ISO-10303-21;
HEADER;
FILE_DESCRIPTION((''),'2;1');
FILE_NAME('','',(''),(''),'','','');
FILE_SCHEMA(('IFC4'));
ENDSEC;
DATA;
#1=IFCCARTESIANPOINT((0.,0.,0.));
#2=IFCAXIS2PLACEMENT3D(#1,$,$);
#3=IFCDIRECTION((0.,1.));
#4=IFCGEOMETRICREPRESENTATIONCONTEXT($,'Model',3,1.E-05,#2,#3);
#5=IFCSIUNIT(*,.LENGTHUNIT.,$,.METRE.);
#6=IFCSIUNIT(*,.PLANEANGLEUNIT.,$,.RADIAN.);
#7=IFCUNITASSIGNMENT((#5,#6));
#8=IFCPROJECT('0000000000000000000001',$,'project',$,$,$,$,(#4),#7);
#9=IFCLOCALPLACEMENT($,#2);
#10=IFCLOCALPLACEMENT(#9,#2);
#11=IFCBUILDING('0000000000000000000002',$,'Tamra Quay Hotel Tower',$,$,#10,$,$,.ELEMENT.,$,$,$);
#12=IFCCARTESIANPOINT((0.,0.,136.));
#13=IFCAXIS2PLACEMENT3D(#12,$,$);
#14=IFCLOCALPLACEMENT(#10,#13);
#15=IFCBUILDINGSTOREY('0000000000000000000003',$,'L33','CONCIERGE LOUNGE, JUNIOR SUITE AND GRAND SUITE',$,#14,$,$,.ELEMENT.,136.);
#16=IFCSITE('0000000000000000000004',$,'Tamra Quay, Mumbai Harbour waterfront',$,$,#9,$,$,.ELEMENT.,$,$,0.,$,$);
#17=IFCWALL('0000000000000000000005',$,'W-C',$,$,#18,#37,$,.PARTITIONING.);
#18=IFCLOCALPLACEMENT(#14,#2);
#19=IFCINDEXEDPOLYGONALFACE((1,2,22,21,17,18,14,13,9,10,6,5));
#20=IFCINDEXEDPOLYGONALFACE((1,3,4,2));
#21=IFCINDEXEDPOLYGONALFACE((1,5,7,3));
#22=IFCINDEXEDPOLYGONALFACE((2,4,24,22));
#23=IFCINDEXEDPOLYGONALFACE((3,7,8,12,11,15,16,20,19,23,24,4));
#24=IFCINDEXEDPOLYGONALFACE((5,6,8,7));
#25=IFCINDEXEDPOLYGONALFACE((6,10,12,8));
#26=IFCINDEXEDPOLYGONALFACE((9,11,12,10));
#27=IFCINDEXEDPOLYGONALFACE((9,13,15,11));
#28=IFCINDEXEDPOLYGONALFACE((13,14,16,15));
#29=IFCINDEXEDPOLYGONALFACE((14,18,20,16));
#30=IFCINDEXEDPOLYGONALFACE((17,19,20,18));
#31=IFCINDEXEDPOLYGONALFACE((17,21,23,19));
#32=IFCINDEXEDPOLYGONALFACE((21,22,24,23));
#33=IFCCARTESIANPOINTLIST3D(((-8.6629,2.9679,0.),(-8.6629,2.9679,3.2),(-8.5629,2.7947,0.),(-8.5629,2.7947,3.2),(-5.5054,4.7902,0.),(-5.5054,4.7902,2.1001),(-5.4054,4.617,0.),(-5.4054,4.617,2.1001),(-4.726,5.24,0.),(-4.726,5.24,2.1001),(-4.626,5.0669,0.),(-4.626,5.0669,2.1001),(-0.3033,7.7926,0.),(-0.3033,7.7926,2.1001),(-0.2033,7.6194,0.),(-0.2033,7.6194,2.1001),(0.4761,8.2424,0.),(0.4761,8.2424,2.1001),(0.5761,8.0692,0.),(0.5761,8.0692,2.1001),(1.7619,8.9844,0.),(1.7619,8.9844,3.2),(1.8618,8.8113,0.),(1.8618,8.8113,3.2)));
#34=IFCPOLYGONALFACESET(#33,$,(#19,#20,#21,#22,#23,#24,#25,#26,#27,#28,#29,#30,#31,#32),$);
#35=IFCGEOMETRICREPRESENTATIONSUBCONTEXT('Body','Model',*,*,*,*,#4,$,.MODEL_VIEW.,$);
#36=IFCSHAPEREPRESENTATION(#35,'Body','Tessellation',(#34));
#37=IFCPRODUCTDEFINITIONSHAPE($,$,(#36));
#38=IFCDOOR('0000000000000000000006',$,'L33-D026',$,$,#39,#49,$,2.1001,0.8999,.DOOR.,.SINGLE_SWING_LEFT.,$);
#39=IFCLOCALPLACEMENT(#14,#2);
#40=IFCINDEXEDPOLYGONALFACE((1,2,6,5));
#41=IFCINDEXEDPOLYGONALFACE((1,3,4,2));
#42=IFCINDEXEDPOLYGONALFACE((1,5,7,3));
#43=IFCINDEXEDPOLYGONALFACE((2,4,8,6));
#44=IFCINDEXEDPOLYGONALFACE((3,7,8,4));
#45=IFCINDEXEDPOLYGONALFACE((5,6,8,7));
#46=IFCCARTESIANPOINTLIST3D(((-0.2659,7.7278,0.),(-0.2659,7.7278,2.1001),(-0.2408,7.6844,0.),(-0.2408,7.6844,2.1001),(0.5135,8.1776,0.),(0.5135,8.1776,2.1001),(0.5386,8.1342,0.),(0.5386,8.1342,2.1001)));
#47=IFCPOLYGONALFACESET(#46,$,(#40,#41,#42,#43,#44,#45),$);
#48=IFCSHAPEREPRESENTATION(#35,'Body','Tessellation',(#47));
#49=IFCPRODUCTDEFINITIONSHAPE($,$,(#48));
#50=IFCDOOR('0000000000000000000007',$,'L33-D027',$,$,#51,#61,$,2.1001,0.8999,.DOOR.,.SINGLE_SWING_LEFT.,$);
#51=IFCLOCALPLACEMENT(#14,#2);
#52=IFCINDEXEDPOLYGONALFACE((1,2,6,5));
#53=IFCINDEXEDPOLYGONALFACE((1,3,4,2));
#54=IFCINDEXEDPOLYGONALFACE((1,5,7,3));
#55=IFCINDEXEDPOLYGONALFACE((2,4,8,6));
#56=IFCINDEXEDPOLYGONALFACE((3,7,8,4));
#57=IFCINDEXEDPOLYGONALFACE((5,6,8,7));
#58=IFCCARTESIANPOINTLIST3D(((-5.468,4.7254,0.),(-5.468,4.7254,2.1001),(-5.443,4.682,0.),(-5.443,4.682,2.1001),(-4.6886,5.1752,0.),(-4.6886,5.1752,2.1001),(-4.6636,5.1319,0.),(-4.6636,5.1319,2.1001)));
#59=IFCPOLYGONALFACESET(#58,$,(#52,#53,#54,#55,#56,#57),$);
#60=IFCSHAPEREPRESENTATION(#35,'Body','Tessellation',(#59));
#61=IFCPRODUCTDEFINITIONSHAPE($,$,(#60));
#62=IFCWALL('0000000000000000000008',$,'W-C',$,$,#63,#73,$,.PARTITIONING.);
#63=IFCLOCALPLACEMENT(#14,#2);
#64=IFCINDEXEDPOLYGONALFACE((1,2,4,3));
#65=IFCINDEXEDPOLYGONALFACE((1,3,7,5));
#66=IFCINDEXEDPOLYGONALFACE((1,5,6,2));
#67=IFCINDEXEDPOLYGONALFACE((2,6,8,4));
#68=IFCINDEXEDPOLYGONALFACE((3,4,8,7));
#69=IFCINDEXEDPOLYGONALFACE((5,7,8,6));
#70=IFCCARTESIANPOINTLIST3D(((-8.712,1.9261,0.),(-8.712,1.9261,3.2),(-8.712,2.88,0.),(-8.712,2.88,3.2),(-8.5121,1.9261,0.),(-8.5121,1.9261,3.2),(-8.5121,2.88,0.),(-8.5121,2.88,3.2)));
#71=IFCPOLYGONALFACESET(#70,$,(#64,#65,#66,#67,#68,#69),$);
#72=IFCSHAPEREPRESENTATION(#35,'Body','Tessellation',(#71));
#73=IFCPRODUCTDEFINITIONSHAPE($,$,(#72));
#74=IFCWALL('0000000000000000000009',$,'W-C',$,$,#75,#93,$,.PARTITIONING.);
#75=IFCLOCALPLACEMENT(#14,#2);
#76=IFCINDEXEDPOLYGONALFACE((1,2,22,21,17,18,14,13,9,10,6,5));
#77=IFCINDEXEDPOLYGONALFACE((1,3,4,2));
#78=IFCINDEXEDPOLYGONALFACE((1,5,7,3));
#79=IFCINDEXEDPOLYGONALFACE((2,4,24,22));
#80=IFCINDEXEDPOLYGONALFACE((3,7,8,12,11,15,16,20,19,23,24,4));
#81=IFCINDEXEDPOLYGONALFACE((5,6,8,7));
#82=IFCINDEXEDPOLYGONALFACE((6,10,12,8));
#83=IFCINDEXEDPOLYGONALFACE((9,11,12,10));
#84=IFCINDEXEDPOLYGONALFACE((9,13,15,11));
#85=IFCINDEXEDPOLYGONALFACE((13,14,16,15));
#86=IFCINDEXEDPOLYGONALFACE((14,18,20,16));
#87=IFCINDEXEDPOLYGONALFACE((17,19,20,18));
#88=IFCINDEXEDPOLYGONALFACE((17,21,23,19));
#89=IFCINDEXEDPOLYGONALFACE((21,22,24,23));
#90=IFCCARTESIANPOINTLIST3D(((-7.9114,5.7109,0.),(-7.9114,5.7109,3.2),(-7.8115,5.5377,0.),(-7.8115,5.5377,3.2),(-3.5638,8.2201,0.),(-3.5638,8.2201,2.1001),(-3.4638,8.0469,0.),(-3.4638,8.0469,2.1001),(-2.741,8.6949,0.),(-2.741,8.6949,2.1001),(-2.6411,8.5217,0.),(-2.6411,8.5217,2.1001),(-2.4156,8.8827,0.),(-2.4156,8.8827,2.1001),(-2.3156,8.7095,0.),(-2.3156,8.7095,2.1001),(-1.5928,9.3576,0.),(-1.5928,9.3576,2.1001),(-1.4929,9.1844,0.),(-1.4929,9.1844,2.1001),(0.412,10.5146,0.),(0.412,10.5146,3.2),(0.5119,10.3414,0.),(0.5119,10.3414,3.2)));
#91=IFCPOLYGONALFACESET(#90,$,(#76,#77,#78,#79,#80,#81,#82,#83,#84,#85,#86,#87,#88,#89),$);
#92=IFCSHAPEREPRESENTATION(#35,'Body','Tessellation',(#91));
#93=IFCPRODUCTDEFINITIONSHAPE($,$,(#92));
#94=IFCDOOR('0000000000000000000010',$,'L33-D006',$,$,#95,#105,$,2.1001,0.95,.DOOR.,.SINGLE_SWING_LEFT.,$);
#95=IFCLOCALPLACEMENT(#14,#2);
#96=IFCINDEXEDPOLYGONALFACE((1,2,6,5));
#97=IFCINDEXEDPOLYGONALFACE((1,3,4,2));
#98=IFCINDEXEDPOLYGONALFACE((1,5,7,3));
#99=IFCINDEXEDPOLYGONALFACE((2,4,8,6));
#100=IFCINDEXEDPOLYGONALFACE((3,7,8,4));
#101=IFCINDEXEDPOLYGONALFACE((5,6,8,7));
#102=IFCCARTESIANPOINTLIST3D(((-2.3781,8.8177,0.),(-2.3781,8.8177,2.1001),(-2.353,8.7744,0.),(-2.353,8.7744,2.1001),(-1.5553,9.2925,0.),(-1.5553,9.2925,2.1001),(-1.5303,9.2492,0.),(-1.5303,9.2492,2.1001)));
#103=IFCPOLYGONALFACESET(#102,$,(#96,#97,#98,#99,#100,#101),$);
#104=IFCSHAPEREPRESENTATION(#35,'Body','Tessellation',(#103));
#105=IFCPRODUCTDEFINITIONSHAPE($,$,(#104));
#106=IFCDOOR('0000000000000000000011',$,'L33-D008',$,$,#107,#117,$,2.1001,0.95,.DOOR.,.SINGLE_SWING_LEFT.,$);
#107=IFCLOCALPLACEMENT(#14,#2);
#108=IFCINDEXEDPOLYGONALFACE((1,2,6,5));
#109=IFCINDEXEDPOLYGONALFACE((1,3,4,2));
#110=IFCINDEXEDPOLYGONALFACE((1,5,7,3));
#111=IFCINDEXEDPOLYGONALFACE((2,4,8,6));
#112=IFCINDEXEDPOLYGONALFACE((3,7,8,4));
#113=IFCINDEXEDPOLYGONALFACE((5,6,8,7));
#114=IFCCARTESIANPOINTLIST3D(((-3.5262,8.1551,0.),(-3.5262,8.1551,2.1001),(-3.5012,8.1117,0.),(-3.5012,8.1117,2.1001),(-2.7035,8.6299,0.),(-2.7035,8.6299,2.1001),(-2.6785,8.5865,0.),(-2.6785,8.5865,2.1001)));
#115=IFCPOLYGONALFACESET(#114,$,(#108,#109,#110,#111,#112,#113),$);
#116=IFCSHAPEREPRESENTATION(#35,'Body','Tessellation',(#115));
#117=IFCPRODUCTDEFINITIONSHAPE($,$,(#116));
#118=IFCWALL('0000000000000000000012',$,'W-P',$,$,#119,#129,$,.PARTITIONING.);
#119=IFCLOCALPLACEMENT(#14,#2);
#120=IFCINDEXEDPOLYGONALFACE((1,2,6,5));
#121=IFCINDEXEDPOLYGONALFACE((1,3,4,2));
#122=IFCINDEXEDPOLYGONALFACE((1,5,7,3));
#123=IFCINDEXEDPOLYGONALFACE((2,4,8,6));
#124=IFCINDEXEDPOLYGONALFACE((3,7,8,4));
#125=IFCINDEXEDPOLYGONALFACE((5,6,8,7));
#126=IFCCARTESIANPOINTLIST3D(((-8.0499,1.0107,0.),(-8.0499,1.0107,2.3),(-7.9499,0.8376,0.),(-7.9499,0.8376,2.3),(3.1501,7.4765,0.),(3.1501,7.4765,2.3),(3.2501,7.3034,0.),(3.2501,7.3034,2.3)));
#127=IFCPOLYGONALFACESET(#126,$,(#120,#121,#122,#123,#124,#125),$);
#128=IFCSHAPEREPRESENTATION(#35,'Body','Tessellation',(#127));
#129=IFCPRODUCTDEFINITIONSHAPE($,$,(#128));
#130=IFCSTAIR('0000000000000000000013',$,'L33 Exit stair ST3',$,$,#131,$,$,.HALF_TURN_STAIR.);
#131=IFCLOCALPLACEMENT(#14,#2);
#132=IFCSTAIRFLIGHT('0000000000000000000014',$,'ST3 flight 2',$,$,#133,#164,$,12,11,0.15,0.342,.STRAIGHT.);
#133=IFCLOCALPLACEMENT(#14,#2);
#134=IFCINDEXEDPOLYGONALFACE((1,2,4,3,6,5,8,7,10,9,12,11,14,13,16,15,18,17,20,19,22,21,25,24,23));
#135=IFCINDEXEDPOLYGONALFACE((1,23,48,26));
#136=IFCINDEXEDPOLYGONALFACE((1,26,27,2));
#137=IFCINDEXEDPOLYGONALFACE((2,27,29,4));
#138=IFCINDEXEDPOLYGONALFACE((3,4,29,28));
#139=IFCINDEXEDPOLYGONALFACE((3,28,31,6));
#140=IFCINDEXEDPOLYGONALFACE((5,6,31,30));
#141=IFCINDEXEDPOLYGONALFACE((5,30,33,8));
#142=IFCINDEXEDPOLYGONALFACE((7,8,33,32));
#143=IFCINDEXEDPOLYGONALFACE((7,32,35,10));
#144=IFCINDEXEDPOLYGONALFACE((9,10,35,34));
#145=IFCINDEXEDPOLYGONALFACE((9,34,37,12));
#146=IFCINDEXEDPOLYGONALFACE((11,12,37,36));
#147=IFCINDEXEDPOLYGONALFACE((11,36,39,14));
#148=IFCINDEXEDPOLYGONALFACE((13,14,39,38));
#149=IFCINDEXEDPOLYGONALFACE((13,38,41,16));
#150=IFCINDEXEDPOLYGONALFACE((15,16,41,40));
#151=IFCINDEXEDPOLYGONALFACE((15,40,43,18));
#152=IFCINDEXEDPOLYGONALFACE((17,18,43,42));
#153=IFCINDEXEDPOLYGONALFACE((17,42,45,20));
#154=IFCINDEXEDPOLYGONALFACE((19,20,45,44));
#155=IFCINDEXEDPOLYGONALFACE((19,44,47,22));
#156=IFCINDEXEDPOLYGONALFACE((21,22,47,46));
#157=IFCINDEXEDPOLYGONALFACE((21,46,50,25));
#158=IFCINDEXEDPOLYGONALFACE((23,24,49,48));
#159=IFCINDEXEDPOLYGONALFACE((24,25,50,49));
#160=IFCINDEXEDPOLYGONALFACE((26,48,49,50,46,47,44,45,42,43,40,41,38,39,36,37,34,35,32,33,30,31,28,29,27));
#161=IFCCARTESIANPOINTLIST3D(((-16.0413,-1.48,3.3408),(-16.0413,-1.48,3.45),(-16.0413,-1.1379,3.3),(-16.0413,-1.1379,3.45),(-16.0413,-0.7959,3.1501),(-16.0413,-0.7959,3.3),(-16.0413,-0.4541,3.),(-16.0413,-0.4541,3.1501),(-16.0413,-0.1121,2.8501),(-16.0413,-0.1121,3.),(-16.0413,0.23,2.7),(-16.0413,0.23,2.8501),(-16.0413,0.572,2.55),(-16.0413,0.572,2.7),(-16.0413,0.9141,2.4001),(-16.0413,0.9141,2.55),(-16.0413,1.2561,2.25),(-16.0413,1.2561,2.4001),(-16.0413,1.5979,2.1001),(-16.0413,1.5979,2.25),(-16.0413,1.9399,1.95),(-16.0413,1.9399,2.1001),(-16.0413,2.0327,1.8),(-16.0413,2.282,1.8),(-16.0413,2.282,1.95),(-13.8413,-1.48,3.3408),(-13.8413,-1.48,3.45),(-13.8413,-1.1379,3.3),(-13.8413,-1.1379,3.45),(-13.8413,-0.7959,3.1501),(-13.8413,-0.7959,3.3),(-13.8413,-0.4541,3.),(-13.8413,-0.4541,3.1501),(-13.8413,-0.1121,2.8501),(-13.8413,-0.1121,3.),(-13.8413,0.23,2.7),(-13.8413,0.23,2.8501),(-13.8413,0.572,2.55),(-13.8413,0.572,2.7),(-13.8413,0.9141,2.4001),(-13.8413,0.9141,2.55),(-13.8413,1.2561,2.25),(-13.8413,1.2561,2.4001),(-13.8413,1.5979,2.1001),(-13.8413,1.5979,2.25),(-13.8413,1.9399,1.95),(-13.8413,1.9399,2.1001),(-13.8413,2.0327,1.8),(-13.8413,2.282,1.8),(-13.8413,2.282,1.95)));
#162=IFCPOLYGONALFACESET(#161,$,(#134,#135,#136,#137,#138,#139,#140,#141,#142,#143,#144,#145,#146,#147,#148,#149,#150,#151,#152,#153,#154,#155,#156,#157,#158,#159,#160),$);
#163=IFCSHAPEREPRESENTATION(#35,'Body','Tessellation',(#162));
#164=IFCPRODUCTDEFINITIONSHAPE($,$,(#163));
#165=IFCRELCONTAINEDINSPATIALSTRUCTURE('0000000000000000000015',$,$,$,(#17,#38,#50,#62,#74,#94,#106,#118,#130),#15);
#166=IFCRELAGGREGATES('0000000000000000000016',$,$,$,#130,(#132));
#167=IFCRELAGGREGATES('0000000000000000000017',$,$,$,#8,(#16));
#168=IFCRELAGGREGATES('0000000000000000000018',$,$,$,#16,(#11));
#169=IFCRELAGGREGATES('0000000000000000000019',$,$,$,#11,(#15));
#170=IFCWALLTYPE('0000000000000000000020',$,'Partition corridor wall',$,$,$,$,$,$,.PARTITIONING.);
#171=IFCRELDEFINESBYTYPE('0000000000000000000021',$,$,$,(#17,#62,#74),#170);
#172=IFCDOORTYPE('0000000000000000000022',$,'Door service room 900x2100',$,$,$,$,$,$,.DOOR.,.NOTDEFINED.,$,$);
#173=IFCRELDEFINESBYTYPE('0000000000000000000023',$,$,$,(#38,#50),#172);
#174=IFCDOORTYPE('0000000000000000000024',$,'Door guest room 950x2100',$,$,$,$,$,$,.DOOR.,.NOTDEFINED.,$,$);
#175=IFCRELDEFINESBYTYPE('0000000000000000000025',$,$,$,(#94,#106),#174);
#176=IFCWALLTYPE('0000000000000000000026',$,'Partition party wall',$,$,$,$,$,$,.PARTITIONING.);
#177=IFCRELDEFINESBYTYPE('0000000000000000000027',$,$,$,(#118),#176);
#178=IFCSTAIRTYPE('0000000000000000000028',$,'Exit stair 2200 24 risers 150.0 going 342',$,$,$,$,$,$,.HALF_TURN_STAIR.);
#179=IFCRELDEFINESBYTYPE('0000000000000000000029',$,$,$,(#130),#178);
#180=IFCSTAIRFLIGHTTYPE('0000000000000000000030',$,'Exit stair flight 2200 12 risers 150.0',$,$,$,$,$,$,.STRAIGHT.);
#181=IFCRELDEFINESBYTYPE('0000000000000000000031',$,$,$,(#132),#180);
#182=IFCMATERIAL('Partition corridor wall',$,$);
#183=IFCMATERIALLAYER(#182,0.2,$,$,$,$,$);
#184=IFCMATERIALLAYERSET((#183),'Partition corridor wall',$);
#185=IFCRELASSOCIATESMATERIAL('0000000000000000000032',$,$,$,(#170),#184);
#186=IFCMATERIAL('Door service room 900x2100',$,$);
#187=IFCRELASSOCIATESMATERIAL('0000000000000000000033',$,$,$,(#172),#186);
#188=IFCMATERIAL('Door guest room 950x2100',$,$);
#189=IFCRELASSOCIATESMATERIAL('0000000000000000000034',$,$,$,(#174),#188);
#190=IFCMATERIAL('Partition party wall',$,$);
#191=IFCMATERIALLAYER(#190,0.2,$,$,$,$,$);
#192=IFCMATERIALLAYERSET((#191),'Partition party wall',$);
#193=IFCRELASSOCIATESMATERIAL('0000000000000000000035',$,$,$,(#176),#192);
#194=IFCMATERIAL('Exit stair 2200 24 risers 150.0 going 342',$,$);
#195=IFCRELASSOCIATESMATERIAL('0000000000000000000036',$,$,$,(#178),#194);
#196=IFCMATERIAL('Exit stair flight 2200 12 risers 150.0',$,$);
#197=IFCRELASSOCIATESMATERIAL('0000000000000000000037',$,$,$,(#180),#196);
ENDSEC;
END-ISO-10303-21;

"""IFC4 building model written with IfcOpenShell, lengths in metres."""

from ifc_helpers import new_model, si_unit, direction, frame, frame_2d, origin, place, context, subcontext, project, spatial, polyline, rectangle, outline, extrude, material, layer, layer_set, type_object, element, fill, aggregate, save


model = new_model("IFC4")

# Units and contexts
model_context = context("Model", 3, precision=1e-05, world=origin(), true_north=direction((0.0, 1.0)))
body_context = subcontext(model_context, "Body", "Model", "MODEL_VIEW")
ifc_project = project(units=[si_unit("LENGTHUNIT", "METRE"), si_unit("PLANEANGLEUNIT", "RADIAN")], contexts=[model_context])

# Site, building, storey
site_placement = place(None, origin())
site = spatial("IfcSite", under=ifc_project, at=site_placement, Name="Tamra Quay, Mumbai Harbour waterfront", CompositionType="ELEMENT", RefElevation=0.0)
building_placement = place(site_placement, origin())
building = spatial("IfcBuilding", under=site, at=building_placement, Name="Tamra Quay Hotel Tower", CompositionType="ELEMENT")
storey_placement = place(building_placement, frame((0.0, 0.0, 136.0)))
storey = spatial("IfcBuildingStorey", under=building, at=storey_placement, Name="L33", Description="CONCIERGE LOUNGE, JUNIOR SUITE AND GRAND SUITE", CompositionType="ELEMENT", Elevation=136.0)

# Shared definitions
ifc_material_1 = material(Name="Partition corridor wall")
ifc_layer_1 = layer(ifc_material_1, 0.2)
ifc_layer_set_1 = layer_set([ifc_layer_1], Name="Partition corridor wall")
wall_type_1 = type_object("IfcWallType", Name="Partition corridor wall", PredefinedType="PARTITIONING", material=ifc_layer_set_1)

# Wall, openings, doors
wall_1_placement = place(storey_placement, frame((-8.6128, 2.8813, 0.0), z_axis=(0.0, 0.0, 1.0), x_axis=(0.866103, 0.499865, 0.0)))
wall_1 = element("IfcWall", 1, at=wall_1_placement, inside=storey, type_object=wall_type_1, Name="W-C", PredefinedType="PARTITIONING", context=body_context, shape_type="SweptSolid", body=[
    extrude(rectangle(XDim=12.0364, YDim=0.2, at=frame_2d((6.0181, 0.0))), origin(), (0.0, 0.0, 1.0), 3.2),
])
opening_1_placement = place(wall_1_placement, frame((9.6519, 0.0, 0.0)))
opening_1 = element("IfcOpeningElement", 2, at=opening_1_placement, cuts=wall_1, PredefinedType="OPENING", context=body_context, shape_type="SweptSolid", body=[
    extrude(rectangle(XDim=0.8999, YDim=2.1001, at=frame_2d((0.45, 1.05))), frame((0.0, 0.1099, 0.0), z_axis=(0.0, -1.0, 0.0), x_axis=(1.0, 0.0, 0.0)), (0.0, 0.0, 1.0), 0.22),
])
opening_2_placement = place(wall_1_placement, frame((3.6455, 0.0, 0.0)))
opening_2 = element("IfcOpeningElement", 3, at=opening_2_placement, cuts=wall_1, PredefinedType="OPENING", context=body_context, shape_type="SweptSolid", body=[
    extrude(rectangle(XDim=0.8999, YDim=2.1001, at=frame_2d((0.45, 1.05))), frame((0.0, 0.1099, 0.0), z_axis=(0.0, -1.0, 0.0), x_axis=(1.0, 0.0, 0.0)), (0.0, 0.0, 1.0), 0.22),
])
ifc_material_2 = material(Name="Door service room 900x2100")
door_type_1 = type_object("IfcDoorType", Name="Door service room 900x2100", OperationType="NOTDEFINED", PredefinedType="DOOR", material=ifc_material_2)
door_1_placement = place(opening_1_placement, frame((0.8999, 0.0, 0.0), z_axis=(0.0, 0.0, 1.0), x_axis=(-1.0, 0.0, 0.0)))
door_1 = element("IfcDoor", 4, at=door_1_placement, inside=storey, type_object=door_type_1, Name="L33-D026", OperationType="SINGLE_SWING_LEFT", OverallHeight=2.1001, OverallWidth=0.8999, PredefinedType="DOOR", context=body_context, shape_type="SweptSolid", body=[
    extrude(rectangle(XDim=0.8999, YDim=2.1001, at=frame_2d((0.45, 1.05))), frame((0.0, 0.0249, 0.0), z_axis=(0.0, -1.0, 0.0), x_axis=(1.0, 0.0, 0.0)), (0.0, 0.0, 1.0), 0.05),
])
fill(opening_1, door_1)
door_2_placement = place(opening_2_placement, frame((0.8999, 0.0, 0.0), z_axis=(0.0, 0.0, 1.0), x_axis=(-1.0, 0.0, 0.0)))
door_2 = element("IfcDoor", 5, at=door_2_placement, inside=storey, type_object=door_type_1, Name="L33-D027", OperationType="SINGLE_SWING_LEFT", OverallHeight=2.1001, OverallWidth=0.8999, PredefinedType="DOOR", context=body_context, shape_type="SweptSolid", body=[
    extrude(rectangle(XDim=0.8999, YDim=2.1001, at=frame_2d((0.45, 1.05))), frame((0.0, 0.0249, 0.0), z_axis=(0.0, -1.0, 0.0), x_axis=(1.0, 0.0, 0.0)), (0.0, 0.0, 1.0), 0.05),
])
fill(opening_2, door_2)

# Wall
wall_2_placement = place(storey_placement, frame((-8.6121, 1.926, 0.0), z_axis=(0.0, 0.0, 1.0), x_axis=(0.0, 1.0, 0.0)))
element("IfcWall", 6, at=wall_2_placement, inside=storey, type_object=wall_type_1, Name="W-C", PredefinedType="PARTITIONING", context=body_context, shape_type="SweptSolid", body=[
    extrude(rectangle(XDim=0.9539, YDim=0.2, at=frame_2d((0.4771, 0.0))), origin(), (0.0, 0.0, 1.0), 3.2),
])

# Wall, openings, doors
wall_3_placement = place(storey_placement, frame((-7.8616, 5.6243, 0.0), z_axis=(0.0, 0.0, 1.0), x_axis=(0.866109, 0.499855, 0.0)))
wall_3 = element("IfcWall", 7, at=wall_3_placement, inside=storey, type_object=wall_type_1, Name="W-C", PredefinedType="PARTITIONING", context=body_context, shape_type="SweptSolid", body=[
    extrude(rectangle(XDim=9.6101, YDim=0.2, at=frame_2d((4.8052, 0.0))), origin(), (0.0, 0.0, 1.0), 3.2),
])
opening_3_placement = place(wall_3_placement, frame((6.3455, 0.0, 0.0)))
opening_3 = element("IfcOpeningElement", 8, at=opening_3_placement, cuts=wall_3, PredefinedType="OPENING", context=body_context, shape_type="SweptSolid", body=[
    extrude(rectangle(XDim=0.95, YDim=2.1001, at=frame_2d((0.4751, 1.05))), frame((0.0, 0.1099, 0.0), z_axis=(0.0, -1.0, 0.0), x_axis=(1.0, 0.0, 0.0)), (0.0, 0.0, 1.0), 0.22),
])
opening_4_placement = place(wall_3_placement, frame((5.0198, 0.0, 0.0)))
opening_4 = element("IfcOpeningElement", 9, at=opening_4_placement, cuts=wall_3, PredefinedType="OPENING", context=body_context, shape_type="SweptSolid", body=[
    extrude(rectangle(XDim=0.95, YDim=2.1001, at=frame_2d((0.4751, 1.05))), frame((0.0, 0.1099, 0.0), z_axis=(0.0, -1.0, 0.0), x_axis=(1.0, 0.0, 0.0)), (0.0, 0.0, 1.0), 0.22),
])
ifc_material_3 = material(Name="Door guest room 950x2100")
door_type_2 = type_object("IfcDoorType", Name="Door guest room 950x2100", OperationType="NOTDEFINED", PredefinedType="DOOR", material=ifc_material_3)
door_3_placement = place(opening_3_placement, origin())
door_3 = element("IfcDoor", 10, at=door_3_placement, inside=storey, type_object=door_type_2, Name="L33-D006", OperationType="SINGLE_SWING_LEFT", OverallHeight=2.1001, OverallWidth=0.95, PredefinedType="DOOR", context=body_context, shape_type="SweptSolid", body=[
    extrude(rectangle(XDim=0.95, YDim=2.1001, at=frame_2d((0.4751, 1.05))), frame((0.0, 0.0249, 0.0), z_axis=(0.0, -1.0, 0.0), x_axis=(1.0, 0.0, 0.0)), (0.0, 0.0, 1.0), 0.05),
])
fill(opening_3, door_3)
door_4_placement = place(opening_4_placement, origin())
door_4 = element("IfcDoor", 11, at=door_4_placement, inside=storey, type_object=door_type_2, Name="L33-D008", OperationType="SINGLE_SWING_LEFT", OverallHeight=2.1001, OverallWidth=0.95, PredefinedType="DOOR", context=body_context, shape_type="SweptSolid", body=[
    extrude(rectangle(XDim=0.95, YDim=2.1001, at=frame_2d((0.4751, 1.05))), frame((0.0, 0.0249, 0.0), z_axis=(0.0, -1.0, 0.0), x_axis=(1.0, 0.0, 0.0)), (0.0, 0.0, 1.0), 0.05),
])
fill(opening_4, door_4)

# Wall
ifc_material_4 = material(Name="Partition party wall")
ifc_layer_2 = layer(ifc_material_4, 0.2)
ifc_layer_set_2 = layer_set([ifc_layer_2], Name="Partition party wall")
wall_type_2 = type_object("IfcWallType", Name="Partition party wall", PredefinedType="PARTITIONING", material=ifc_layer_set_2)
wall_4_placement = place(storey_placement, frame((-8.0, 0.9241, 0.0), z_axis=(0.0, 0.0, 1.0), x_axis=(0.866041, 0.499972, 0.0)))
element("IfcWall", 12, at=wall_4_placement, inside=storey, type_object=wall_type_2, Name="W-P", PredefinedType="PARTITIONING", context=body_context, shape_type="SweptSolid", body=[
    extrude(rectangle(XDim=12.9324, YDim=0.2, at=frame_2d((6.4663, 0.0))), origin(), (0.0, 0.0, 1.0), 2.3),
])

# Stair, stair flight
ifc_material_5 = material(Name="Exit stair 2200 24 risers 150.0 going 342")
stair_type = type_object("IfcStairType", Name="Exit stair 2200 24 risers 150.0 going 342", PredefinedType="HALF_TURN_STAIR", material=ifc_material_5)
stair_placement = place(storey_placement, origin())
stair = element("IfcStair", 13, at=stair_placement, inside=storey, type_object=stair_type, Name="L33 Exit stair ST3", PredefinedType="HALF_TURN_STAIR")
ifc_material_6 = material(Name="Exit stair flight 2200 12 risers 150.0")
stair_flight_type = type_object("IfcStairFlightType", Name="Exit stair flight 2200 12 risers 150.0", PredefinedType="STRAIGHT", material=ifc_material_6)
stair_flight_placement = place(storey_placement, frame((-14.9414, 2.282, 1.8), z_axis=(0.0, 0.0, 1.0), x_axis=(0.0, -1.0, 0.0)))
stair_flight = element("IfcStairFlight", 14, at=stair_flight_placement, type_object=stair_flight_type, Name="ST3 flight 2", NumberOfRisers=12, NumberOfTreads=11, PredefinedType="STRAIGHT", RiserHeight=0.15, TreadLength=0.342, context=body_context, shape_type="SweptSolid", body=[
    extrude(outline(polyline([(0.0, 0.0), (0.0, 0.1499), (0.342, 0.1499), (0.342, 0.3), (0.6841, 0.3), (0.6841, 0.45), (1.0259, 0.45), (1.0259, 0.6001), (1.3679, 0.6001), (1.3679, 0.75), (1.71, 0.75), (1.71, 0.8999), (2.052, 0.8999), (2.052, 1.05), (2.394, 1.05), (2.394, 1.2), (2.7361, 1.2), (2.7361, 1.3501), (3.0779, 1.3501), (3.0779, 1.5), (3.4199, 1.5), (3.4199, 1.6499), (3.762, 1.6499), (3.762, 1.8), (3.762, 1.5408), (0.2493, 0.0), (0.0, 0.0)])), frame((0.0, 1.1001, 0.0), z_axis=(0.0, -1.0, 0.0), x_axis=(1.0, 0.0, 0.0)), (0.0, 0.0, 1.0), 2.2),
])
aggregate(stair, [stair_flight])

save(model, "model.ifc")
